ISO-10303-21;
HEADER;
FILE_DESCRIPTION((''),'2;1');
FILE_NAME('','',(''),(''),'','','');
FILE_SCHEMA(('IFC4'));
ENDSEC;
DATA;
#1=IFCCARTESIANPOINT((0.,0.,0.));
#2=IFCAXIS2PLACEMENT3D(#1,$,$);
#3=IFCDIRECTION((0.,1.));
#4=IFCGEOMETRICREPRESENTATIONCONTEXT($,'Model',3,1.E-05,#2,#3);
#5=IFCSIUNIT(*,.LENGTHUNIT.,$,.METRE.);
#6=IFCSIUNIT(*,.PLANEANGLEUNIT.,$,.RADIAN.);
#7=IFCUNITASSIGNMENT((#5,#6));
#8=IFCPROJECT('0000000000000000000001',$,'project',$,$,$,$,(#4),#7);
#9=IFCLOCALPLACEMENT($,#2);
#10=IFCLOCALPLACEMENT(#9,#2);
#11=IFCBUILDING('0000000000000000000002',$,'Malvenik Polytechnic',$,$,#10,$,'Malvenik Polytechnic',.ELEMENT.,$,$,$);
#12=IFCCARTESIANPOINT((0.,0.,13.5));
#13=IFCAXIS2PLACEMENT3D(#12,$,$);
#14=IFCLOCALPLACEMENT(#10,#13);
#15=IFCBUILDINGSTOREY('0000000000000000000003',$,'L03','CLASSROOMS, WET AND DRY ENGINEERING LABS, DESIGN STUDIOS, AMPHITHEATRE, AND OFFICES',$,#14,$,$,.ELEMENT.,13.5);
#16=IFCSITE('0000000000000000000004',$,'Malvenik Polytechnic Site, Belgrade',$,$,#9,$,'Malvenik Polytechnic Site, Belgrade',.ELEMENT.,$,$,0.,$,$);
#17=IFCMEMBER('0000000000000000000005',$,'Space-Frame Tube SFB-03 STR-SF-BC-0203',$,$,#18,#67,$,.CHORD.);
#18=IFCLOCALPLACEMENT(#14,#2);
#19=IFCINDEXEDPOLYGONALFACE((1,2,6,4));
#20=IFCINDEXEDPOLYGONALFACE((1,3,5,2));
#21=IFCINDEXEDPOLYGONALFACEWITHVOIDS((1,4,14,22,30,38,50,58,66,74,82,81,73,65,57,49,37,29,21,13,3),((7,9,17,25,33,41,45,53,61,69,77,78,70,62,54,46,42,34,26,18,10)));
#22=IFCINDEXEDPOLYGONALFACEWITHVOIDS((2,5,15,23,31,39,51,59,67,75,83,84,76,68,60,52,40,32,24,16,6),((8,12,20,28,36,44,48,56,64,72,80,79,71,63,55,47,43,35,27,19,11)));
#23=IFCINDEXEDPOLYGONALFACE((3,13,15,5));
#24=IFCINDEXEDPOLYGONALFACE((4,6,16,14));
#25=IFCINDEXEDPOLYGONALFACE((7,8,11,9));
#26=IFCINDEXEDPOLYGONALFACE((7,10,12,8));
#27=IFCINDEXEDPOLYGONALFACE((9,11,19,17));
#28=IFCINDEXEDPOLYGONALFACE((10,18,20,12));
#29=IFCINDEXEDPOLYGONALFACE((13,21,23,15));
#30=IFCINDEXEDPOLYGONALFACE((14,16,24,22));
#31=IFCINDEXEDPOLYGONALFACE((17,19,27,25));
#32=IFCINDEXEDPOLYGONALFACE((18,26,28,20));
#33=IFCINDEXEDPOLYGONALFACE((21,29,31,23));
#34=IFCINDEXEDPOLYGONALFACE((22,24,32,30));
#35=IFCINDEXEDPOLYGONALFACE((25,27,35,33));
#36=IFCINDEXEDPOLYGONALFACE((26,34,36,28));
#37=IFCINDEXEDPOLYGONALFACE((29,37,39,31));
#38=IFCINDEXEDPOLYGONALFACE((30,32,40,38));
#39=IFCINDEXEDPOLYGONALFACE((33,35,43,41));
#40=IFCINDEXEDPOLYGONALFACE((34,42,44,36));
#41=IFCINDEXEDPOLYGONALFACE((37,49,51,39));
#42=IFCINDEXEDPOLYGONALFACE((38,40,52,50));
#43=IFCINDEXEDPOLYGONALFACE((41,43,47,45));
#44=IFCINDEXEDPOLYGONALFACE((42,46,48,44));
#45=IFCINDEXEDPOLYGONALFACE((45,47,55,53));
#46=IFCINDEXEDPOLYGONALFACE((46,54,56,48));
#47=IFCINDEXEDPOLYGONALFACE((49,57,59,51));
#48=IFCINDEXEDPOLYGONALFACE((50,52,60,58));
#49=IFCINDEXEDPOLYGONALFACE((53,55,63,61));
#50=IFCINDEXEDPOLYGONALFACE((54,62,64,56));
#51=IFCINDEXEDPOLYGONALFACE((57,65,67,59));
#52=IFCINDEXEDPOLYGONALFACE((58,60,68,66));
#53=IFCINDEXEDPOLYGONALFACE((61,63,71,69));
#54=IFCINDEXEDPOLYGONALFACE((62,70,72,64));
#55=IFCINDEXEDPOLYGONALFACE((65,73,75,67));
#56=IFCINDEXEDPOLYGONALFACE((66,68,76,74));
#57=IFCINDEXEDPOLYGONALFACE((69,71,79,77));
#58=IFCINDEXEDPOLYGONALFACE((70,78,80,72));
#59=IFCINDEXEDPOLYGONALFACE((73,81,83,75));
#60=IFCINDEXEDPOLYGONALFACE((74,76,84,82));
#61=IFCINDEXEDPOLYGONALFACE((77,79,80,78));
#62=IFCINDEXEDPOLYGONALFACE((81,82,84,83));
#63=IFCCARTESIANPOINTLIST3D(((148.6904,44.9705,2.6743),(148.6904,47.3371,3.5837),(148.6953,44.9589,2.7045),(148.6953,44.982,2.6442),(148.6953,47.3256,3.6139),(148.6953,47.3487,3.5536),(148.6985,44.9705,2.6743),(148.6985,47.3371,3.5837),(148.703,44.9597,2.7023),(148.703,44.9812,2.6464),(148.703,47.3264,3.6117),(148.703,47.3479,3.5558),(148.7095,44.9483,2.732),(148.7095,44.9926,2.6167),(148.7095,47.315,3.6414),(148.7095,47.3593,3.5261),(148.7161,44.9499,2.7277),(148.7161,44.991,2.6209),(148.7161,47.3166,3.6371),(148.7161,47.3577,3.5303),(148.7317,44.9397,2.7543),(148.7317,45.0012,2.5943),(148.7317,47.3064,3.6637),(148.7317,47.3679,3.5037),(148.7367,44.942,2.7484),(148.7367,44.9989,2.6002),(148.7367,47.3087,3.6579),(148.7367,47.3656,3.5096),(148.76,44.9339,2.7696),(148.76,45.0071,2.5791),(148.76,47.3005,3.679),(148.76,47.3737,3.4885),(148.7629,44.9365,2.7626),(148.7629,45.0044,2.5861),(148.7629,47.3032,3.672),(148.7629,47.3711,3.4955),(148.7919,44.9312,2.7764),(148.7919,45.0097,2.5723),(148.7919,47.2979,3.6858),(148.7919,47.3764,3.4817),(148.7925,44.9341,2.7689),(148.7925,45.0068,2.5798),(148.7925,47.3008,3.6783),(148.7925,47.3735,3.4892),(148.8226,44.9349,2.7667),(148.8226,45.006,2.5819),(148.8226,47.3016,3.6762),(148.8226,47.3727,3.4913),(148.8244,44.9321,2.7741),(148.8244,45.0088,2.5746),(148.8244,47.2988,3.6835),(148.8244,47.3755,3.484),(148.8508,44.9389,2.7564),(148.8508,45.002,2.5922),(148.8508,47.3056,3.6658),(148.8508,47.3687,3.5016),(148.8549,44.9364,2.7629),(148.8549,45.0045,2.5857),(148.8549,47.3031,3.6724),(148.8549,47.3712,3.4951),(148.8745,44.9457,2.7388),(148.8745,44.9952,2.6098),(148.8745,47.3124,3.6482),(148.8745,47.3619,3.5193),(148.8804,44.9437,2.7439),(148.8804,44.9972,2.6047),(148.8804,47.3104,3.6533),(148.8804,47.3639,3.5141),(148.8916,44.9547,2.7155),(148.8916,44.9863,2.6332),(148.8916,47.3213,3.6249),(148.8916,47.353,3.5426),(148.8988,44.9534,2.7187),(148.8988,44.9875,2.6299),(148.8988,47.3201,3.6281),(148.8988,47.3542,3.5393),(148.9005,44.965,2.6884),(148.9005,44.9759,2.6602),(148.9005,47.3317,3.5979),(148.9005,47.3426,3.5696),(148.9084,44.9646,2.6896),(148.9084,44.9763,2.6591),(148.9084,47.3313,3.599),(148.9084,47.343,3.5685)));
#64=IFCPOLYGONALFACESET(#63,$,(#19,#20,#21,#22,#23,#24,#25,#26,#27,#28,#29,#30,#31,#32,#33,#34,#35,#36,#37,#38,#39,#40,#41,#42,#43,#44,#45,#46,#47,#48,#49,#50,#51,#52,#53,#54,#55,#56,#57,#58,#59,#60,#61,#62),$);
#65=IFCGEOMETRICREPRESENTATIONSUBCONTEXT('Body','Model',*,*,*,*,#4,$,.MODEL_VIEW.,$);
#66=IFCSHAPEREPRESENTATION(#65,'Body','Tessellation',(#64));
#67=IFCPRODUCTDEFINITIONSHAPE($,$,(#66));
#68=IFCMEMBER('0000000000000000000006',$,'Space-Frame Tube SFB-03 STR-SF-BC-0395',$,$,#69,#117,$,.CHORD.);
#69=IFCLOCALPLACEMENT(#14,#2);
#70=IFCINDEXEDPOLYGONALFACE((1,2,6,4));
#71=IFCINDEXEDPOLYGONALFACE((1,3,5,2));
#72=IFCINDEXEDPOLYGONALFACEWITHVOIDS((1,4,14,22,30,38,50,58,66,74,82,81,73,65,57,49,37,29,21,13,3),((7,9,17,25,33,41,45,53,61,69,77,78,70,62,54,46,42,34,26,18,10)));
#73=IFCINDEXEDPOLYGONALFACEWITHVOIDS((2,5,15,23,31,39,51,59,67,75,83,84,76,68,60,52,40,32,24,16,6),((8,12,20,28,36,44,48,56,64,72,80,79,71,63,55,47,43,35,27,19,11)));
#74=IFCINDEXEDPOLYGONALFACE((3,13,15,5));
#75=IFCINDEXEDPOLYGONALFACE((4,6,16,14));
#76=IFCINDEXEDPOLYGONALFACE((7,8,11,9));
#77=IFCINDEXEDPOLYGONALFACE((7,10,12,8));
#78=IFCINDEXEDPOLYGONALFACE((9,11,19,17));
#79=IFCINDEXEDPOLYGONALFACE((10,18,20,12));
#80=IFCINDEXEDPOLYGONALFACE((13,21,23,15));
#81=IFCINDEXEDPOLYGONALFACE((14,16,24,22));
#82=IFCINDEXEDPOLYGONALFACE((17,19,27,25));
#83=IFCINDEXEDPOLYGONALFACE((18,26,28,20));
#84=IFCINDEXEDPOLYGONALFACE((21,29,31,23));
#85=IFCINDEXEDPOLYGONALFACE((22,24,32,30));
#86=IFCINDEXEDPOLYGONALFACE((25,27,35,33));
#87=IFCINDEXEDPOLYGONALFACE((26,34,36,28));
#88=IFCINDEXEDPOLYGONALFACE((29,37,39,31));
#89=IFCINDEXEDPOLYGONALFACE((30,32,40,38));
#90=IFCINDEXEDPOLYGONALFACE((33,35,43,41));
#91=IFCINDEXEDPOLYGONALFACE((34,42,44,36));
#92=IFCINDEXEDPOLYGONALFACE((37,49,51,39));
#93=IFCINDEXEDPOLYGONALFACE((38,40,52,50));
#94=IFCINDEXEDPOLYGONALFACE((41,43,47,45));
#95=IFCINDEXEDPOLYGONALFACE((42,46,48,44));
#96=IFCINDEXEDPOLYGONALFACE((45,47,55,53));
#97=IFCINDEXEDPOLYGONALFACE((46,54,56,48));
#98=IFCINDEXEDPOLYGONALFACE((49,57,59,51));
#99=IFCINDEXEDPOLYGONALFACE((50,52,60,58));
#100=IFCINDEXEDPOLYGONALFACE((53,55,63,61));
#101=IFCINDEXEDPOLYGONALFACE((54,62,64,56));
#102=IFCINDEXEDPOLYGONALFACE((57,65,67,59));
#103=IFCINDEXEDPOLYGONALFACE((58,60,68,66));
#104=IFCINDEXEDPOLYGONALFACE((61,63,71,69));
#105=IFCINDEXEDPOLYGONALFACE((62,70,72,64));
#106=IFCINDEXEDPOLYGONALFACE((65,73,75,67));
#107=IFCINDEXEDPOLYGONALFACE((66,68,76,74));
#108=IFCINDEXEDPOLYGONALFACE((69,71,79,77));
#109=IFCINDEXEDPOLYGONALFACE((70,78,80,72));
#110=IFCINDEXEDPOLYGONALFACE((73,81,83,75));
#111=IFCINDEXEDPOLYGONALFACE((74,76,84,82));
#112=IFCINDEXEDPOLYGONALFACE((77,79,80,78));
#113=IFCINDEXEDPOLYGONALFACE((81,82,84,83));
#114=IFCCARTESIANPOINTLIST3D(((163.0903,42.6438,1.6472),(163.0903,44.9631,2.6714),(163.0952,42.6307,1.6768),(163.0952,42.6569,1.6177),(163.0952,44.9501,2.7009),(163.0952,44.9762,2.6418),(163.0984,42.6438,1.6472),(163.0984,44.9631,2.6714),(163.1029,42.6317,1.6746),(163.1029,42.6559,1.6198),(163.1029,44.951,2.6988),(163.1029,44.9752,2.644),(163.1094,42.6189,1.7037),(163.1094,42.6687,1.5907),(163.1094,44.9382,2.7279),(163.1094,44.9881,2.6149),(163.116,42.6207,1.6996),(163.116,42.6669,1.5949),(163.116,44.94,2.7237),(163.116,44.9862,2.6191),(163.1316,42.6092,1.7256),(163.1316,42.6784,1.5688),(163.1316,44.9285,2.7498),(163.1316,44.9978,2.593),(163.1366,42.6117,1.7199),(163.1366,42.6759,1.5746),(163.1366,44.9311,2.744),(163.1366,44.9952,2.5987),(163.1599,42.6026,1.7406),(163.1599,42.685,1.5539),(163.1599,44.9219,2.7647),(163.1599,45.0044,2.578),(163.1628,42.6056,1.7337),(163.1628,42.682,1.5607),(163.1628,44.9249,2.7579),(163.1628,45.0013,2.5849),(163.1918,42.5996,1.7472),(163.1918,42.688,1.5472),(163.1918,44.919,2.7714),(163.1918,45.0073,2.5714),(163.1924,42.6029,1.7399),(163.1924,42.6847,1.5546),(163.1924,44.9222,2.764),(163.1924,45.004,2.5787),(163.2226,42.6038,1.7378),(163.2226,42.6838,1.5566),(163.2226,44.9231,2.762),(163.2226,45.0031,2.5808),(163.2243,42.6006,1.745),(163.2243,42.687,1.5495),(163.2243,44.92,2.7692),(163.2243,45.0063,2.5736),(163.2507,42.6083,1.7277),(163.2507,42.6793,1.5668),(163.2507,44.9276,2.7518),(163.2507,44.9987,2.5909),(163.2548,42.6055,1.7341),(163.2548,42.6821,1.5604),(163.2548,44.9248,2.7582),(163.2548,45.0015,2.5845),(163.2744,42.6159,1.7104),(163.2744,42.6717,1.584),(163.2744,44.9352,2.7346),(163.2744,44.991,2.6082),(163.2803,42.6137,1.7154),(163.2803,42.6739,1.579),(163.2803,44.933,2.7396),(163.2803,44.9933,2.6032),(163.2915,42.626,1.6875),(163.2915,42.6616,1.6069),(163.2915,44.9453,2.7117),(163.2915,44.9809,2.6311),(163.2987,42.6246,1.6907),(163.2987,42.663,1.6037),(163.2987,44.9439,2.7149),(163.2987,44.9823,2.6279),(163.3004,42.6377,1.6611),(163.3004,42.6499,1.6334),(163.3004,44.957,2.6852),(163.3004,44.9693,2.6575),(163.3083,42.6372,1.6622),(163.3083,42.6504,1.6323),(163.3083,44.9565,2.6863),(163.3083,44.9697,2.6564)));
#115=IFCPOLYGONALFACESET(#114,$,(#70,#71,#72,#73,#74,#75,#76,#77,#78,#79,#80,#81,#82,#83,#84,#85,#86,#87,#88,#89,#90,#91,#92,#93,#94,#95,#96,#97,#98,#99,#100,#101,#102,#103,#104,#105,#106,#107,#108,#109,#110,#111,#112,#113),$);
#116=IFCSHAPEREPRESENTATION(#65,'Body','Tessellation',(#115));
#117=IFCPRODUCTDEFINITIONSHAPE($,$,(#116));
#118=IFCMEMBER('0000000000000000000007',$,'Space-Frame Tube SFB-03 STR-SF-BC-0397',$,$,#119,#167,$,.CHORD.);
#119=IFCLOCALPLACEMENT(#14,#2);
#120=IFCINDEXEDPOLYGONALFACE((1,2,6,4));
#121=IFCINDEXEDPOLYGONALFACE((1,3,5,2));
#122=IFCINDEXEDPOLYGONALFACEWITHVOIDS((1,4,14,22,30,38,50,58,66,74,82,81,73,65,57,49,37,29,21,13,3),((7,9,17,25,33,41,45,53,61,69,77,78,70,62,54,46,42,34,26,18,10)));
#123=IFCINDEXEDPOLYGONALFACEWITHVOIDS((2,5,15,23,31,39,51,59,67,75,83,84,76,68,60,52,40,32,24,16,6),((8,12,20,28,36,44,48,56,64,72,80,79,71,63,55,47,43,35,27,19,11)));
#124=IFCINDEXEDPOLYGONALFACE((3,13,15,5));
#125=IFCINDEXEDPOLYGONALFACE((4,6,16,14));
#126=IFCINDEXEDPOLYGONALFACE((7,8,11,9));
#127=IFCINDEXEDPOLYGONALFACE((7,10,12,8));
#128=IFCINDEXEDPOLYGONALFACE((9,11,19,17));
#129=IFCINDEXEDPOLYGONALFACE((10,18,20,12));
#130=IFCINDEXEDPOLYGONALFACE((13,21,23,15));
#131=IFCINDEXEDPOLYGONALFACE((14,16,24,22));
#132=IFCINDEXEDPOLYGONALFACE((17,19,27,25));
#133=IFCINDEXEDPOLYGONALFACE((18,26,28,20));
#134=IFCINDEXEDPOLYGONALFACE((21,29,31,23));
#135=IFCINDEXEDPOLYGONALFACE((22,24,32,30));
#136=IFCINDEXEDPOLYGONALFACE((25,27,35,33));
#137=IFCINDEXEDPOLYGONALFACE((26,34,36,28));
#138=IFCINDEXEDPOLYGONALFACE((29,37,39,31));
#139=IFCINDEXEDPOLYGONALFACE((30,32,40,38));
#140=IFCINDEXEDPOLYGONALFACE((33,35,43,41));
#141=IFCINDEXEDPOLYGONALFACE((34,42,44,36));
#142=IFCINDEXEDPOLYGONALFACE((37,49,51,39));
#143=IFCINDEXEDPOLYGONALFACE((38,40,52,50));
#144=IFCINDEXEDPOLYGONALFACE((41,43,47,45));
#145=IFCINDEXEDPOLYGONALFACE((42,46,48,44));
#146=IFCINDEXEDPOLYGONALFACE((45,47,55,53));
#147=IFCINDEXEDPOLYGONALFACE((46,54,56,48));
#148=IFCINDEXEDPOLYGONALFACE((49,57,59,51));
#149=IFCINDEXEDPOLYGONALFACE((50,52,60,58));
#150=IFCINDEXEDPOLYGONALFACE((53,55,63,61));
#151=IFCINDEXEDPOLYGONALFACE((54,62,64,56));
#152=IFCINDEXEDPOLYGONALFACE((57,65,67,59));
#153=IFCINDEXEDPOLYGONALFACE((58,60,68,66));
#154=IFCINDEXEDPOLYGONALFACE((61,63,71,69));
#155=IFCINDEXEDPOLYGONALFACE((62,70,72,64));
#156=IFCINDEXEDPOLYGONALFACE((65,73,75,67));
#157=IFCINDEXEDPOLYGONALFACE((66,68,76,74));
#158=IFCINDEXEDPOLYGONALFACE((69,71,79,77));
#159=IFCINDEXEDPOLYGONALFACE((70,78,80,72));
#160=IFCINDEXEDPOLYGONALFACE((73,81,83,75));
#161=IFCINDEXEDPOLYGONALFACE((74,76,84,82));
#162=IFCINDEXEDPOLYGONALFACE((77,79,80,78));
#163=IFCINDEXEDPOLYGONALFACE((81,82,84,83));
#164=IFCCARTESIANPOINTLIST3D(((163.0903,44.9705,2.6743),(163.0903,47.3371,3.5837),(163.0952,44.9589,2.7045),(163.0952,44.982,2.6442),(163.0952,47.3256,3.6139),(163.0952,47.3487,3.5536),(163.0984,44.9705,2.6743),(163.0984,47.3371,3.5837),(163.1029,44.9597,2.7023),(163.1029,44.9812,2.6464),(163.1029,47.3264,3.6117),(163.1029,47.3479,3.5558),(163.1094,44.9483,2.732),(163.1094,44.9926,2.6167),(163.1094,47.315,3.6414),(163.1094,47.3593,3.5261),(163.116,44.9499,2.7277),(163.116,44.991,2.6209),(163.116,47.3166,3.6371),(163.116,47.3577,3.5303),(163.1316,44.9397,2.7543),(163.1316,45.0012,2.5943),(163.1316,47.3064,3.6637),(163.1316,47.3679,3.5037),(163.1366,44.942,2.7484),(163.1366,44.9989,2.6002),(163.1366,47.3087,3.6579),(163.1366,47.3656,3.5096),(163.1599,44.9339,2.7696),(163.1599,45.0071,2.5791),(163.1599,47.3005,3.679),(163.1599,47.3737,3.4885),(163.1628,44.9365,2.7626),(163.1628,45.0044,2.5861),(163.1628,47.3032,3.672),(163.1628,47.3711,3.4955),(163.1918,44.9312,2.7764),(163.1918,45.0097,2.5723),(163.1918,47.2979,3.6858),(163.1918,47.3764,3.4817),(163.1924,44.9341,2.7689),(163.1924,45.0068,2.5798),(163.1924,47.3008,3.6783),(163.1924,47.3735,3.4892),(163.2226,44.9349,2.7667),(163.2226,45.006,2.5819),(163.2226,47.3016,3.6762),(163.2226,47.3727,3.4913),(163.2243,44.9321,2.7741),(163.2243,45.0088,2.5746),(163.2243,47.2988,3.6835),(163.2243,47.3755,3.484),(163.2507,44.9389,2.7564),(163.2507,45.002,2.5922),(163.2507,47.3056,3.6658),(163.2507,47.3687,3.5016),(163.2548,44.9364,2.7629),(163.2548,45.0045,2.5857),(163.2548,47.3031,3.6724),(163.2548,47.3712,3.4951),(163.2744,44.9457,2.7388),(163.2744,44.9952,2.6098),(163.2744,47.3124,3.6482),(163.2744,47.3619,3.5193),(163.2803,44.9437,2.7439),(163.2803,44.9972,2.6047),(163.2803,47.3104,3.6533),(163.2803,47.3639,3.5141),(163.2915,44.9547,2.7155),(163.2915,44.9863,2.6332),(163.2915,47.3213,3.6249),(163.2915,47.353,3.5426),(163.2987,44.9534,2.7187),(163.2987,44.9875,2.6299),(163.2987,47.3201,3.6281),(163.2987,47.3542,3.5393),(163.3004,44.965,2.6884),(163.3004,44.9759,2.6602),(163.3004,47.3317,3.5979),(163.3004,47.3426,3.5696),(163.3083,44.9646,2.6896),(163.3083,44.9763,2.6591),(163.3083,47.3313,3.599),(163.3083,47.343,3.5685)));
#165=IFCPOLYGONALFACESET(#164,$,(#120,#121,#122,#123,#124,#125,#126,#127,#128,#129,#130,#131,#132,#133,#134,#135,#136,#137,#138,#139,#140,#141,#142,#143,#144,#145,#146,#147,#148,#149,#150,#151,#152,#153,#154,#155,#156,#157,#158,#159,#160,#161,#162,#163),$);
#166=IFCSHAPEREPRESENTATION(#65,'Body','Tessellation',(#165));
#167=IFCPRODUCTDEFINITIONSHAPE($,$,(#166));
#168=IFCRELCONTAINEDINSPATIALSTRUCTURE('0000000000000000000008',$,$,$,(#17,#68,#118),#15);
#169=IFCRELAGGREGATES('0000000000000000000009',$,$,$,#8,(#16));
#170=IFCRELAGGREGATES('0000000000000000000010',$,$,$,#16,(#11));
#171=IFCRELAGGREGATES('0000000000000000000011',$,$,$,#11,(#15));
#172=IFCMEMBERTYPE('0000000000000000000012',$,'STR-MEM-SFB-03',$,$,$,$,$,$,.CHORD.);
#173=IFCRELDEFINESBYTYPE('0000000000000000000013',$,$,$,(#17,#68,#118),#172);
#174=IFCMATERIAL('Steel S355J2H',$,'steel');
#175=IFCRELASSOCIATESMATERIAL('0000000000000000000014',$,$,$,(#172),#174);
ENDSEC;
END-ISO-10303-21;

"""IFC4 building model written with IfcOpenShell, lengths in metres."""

from ifc_helpers import new_model, si_unit, direction, frame, origin, origin_2d, place, context, subcontext, project, spatial, hollow_circle, extrude, material, material_profile, profile_set, type_object, element, save


model = new_model("IFC4")

# Units and contexts
model_context = context("Model", 3, precision=1e-05, world=origin(), true_north=direction((0.0, 1.0)))
body_context = subcontext(model_context, "Body", "Model", "MODEL_VIEW")
ifc_project = project(units=[si_unit("LENGTHUNIT", "METRE"), si_unit("PLANEANGLEUNIT", "RADIAN")], contexts=[model_context])

# Site, building, storey
site_placement = place(None, origin())
site = spatial("IfcSite", under=ifc_project, at=site_placement, Name="Malvenik Polytechnic Site, Belgrade", LongName="Malvenik Polytechnic Site, Belgrade", CompositionType="ELEMENT", RefElevation=0.0)
building_placement = place(site_placement, origin())
building = spatial("IfcBuilding", under=site, at=building_placement, Name="Malvenik Polytechnic", LongName="Malvenik Polytechnic", CompositionType="ELEMENT")
storey_placement = place(building_placement, frame((0.0, 0.0, 13.5)))
storey = spatial("IfcBuildingStorey", under=building, at=storey_placement, Name="L03", Description="CLASSROOMS, WET AND DRY ENGINEERING LABS, DESIGN STUDIOS, AMPHITHEATRE, AND OFFICES", CompositionType="ELEMENT", Elevation=13.5)

# Members
ifc_material = material(Name="Steel S355J2H", Category="steel")
ifc_material_profile_1 = material_profile(ifc_material, hollow_circle(Radius=0.1096, WallThickness=0.0081, at=origin_2d()), Name="CHS 219.1x8.0")
ifc_profile_set_1 = profile_set([ifc_material_profile_1], Name="Steel S355J2H")
member_type_1 = type_object("IfcMemberType", Name="STR-MEM-SFB-03", PredefinedType="CHORD", material=ifc_profile_set_1)
for number, where, z_axis, x_axis, name in (
    (1, (148.8, 44.9705, 2.6743), (0.0, 0.933457, 0.358689), (-1.0, 0.0, 0.0), "Space-Frame Tube SFB-03 STR-SF-BC-0203"),
    (2, (163.2, 42.6438, 1.6472), (0.0, 0.914782, 0.403948), (-1.0, 0.0, 0.0), "Space-Frame Tube SFB-03 STR-SF-BC-0395"),
    (3, (163.2, 44.9705, 2.6743), (0.0, 0.933457, 0.358689), (-1.0, 0.0, 0.0), "Space-Frame Tube SFB-03 STR-SF-BC-0397"),
):
    element("IfcMember", number, at=place(storey_placement, frame(where, z_axis=z_axis, x_axis=x_axis)), inside=storey, type_object=member_type_1, Name=name, PredefinedType="CHORD", context=body_context, shape_type="SweptSolid", body=[
        extrude(hollow_circle(Radius=0.1096, WallThickness=0.0081, at=origin_2d()), origin(), (0.0, 0.0, 1.0), 2.5354),
    ])

save(model, "model.ifc")
